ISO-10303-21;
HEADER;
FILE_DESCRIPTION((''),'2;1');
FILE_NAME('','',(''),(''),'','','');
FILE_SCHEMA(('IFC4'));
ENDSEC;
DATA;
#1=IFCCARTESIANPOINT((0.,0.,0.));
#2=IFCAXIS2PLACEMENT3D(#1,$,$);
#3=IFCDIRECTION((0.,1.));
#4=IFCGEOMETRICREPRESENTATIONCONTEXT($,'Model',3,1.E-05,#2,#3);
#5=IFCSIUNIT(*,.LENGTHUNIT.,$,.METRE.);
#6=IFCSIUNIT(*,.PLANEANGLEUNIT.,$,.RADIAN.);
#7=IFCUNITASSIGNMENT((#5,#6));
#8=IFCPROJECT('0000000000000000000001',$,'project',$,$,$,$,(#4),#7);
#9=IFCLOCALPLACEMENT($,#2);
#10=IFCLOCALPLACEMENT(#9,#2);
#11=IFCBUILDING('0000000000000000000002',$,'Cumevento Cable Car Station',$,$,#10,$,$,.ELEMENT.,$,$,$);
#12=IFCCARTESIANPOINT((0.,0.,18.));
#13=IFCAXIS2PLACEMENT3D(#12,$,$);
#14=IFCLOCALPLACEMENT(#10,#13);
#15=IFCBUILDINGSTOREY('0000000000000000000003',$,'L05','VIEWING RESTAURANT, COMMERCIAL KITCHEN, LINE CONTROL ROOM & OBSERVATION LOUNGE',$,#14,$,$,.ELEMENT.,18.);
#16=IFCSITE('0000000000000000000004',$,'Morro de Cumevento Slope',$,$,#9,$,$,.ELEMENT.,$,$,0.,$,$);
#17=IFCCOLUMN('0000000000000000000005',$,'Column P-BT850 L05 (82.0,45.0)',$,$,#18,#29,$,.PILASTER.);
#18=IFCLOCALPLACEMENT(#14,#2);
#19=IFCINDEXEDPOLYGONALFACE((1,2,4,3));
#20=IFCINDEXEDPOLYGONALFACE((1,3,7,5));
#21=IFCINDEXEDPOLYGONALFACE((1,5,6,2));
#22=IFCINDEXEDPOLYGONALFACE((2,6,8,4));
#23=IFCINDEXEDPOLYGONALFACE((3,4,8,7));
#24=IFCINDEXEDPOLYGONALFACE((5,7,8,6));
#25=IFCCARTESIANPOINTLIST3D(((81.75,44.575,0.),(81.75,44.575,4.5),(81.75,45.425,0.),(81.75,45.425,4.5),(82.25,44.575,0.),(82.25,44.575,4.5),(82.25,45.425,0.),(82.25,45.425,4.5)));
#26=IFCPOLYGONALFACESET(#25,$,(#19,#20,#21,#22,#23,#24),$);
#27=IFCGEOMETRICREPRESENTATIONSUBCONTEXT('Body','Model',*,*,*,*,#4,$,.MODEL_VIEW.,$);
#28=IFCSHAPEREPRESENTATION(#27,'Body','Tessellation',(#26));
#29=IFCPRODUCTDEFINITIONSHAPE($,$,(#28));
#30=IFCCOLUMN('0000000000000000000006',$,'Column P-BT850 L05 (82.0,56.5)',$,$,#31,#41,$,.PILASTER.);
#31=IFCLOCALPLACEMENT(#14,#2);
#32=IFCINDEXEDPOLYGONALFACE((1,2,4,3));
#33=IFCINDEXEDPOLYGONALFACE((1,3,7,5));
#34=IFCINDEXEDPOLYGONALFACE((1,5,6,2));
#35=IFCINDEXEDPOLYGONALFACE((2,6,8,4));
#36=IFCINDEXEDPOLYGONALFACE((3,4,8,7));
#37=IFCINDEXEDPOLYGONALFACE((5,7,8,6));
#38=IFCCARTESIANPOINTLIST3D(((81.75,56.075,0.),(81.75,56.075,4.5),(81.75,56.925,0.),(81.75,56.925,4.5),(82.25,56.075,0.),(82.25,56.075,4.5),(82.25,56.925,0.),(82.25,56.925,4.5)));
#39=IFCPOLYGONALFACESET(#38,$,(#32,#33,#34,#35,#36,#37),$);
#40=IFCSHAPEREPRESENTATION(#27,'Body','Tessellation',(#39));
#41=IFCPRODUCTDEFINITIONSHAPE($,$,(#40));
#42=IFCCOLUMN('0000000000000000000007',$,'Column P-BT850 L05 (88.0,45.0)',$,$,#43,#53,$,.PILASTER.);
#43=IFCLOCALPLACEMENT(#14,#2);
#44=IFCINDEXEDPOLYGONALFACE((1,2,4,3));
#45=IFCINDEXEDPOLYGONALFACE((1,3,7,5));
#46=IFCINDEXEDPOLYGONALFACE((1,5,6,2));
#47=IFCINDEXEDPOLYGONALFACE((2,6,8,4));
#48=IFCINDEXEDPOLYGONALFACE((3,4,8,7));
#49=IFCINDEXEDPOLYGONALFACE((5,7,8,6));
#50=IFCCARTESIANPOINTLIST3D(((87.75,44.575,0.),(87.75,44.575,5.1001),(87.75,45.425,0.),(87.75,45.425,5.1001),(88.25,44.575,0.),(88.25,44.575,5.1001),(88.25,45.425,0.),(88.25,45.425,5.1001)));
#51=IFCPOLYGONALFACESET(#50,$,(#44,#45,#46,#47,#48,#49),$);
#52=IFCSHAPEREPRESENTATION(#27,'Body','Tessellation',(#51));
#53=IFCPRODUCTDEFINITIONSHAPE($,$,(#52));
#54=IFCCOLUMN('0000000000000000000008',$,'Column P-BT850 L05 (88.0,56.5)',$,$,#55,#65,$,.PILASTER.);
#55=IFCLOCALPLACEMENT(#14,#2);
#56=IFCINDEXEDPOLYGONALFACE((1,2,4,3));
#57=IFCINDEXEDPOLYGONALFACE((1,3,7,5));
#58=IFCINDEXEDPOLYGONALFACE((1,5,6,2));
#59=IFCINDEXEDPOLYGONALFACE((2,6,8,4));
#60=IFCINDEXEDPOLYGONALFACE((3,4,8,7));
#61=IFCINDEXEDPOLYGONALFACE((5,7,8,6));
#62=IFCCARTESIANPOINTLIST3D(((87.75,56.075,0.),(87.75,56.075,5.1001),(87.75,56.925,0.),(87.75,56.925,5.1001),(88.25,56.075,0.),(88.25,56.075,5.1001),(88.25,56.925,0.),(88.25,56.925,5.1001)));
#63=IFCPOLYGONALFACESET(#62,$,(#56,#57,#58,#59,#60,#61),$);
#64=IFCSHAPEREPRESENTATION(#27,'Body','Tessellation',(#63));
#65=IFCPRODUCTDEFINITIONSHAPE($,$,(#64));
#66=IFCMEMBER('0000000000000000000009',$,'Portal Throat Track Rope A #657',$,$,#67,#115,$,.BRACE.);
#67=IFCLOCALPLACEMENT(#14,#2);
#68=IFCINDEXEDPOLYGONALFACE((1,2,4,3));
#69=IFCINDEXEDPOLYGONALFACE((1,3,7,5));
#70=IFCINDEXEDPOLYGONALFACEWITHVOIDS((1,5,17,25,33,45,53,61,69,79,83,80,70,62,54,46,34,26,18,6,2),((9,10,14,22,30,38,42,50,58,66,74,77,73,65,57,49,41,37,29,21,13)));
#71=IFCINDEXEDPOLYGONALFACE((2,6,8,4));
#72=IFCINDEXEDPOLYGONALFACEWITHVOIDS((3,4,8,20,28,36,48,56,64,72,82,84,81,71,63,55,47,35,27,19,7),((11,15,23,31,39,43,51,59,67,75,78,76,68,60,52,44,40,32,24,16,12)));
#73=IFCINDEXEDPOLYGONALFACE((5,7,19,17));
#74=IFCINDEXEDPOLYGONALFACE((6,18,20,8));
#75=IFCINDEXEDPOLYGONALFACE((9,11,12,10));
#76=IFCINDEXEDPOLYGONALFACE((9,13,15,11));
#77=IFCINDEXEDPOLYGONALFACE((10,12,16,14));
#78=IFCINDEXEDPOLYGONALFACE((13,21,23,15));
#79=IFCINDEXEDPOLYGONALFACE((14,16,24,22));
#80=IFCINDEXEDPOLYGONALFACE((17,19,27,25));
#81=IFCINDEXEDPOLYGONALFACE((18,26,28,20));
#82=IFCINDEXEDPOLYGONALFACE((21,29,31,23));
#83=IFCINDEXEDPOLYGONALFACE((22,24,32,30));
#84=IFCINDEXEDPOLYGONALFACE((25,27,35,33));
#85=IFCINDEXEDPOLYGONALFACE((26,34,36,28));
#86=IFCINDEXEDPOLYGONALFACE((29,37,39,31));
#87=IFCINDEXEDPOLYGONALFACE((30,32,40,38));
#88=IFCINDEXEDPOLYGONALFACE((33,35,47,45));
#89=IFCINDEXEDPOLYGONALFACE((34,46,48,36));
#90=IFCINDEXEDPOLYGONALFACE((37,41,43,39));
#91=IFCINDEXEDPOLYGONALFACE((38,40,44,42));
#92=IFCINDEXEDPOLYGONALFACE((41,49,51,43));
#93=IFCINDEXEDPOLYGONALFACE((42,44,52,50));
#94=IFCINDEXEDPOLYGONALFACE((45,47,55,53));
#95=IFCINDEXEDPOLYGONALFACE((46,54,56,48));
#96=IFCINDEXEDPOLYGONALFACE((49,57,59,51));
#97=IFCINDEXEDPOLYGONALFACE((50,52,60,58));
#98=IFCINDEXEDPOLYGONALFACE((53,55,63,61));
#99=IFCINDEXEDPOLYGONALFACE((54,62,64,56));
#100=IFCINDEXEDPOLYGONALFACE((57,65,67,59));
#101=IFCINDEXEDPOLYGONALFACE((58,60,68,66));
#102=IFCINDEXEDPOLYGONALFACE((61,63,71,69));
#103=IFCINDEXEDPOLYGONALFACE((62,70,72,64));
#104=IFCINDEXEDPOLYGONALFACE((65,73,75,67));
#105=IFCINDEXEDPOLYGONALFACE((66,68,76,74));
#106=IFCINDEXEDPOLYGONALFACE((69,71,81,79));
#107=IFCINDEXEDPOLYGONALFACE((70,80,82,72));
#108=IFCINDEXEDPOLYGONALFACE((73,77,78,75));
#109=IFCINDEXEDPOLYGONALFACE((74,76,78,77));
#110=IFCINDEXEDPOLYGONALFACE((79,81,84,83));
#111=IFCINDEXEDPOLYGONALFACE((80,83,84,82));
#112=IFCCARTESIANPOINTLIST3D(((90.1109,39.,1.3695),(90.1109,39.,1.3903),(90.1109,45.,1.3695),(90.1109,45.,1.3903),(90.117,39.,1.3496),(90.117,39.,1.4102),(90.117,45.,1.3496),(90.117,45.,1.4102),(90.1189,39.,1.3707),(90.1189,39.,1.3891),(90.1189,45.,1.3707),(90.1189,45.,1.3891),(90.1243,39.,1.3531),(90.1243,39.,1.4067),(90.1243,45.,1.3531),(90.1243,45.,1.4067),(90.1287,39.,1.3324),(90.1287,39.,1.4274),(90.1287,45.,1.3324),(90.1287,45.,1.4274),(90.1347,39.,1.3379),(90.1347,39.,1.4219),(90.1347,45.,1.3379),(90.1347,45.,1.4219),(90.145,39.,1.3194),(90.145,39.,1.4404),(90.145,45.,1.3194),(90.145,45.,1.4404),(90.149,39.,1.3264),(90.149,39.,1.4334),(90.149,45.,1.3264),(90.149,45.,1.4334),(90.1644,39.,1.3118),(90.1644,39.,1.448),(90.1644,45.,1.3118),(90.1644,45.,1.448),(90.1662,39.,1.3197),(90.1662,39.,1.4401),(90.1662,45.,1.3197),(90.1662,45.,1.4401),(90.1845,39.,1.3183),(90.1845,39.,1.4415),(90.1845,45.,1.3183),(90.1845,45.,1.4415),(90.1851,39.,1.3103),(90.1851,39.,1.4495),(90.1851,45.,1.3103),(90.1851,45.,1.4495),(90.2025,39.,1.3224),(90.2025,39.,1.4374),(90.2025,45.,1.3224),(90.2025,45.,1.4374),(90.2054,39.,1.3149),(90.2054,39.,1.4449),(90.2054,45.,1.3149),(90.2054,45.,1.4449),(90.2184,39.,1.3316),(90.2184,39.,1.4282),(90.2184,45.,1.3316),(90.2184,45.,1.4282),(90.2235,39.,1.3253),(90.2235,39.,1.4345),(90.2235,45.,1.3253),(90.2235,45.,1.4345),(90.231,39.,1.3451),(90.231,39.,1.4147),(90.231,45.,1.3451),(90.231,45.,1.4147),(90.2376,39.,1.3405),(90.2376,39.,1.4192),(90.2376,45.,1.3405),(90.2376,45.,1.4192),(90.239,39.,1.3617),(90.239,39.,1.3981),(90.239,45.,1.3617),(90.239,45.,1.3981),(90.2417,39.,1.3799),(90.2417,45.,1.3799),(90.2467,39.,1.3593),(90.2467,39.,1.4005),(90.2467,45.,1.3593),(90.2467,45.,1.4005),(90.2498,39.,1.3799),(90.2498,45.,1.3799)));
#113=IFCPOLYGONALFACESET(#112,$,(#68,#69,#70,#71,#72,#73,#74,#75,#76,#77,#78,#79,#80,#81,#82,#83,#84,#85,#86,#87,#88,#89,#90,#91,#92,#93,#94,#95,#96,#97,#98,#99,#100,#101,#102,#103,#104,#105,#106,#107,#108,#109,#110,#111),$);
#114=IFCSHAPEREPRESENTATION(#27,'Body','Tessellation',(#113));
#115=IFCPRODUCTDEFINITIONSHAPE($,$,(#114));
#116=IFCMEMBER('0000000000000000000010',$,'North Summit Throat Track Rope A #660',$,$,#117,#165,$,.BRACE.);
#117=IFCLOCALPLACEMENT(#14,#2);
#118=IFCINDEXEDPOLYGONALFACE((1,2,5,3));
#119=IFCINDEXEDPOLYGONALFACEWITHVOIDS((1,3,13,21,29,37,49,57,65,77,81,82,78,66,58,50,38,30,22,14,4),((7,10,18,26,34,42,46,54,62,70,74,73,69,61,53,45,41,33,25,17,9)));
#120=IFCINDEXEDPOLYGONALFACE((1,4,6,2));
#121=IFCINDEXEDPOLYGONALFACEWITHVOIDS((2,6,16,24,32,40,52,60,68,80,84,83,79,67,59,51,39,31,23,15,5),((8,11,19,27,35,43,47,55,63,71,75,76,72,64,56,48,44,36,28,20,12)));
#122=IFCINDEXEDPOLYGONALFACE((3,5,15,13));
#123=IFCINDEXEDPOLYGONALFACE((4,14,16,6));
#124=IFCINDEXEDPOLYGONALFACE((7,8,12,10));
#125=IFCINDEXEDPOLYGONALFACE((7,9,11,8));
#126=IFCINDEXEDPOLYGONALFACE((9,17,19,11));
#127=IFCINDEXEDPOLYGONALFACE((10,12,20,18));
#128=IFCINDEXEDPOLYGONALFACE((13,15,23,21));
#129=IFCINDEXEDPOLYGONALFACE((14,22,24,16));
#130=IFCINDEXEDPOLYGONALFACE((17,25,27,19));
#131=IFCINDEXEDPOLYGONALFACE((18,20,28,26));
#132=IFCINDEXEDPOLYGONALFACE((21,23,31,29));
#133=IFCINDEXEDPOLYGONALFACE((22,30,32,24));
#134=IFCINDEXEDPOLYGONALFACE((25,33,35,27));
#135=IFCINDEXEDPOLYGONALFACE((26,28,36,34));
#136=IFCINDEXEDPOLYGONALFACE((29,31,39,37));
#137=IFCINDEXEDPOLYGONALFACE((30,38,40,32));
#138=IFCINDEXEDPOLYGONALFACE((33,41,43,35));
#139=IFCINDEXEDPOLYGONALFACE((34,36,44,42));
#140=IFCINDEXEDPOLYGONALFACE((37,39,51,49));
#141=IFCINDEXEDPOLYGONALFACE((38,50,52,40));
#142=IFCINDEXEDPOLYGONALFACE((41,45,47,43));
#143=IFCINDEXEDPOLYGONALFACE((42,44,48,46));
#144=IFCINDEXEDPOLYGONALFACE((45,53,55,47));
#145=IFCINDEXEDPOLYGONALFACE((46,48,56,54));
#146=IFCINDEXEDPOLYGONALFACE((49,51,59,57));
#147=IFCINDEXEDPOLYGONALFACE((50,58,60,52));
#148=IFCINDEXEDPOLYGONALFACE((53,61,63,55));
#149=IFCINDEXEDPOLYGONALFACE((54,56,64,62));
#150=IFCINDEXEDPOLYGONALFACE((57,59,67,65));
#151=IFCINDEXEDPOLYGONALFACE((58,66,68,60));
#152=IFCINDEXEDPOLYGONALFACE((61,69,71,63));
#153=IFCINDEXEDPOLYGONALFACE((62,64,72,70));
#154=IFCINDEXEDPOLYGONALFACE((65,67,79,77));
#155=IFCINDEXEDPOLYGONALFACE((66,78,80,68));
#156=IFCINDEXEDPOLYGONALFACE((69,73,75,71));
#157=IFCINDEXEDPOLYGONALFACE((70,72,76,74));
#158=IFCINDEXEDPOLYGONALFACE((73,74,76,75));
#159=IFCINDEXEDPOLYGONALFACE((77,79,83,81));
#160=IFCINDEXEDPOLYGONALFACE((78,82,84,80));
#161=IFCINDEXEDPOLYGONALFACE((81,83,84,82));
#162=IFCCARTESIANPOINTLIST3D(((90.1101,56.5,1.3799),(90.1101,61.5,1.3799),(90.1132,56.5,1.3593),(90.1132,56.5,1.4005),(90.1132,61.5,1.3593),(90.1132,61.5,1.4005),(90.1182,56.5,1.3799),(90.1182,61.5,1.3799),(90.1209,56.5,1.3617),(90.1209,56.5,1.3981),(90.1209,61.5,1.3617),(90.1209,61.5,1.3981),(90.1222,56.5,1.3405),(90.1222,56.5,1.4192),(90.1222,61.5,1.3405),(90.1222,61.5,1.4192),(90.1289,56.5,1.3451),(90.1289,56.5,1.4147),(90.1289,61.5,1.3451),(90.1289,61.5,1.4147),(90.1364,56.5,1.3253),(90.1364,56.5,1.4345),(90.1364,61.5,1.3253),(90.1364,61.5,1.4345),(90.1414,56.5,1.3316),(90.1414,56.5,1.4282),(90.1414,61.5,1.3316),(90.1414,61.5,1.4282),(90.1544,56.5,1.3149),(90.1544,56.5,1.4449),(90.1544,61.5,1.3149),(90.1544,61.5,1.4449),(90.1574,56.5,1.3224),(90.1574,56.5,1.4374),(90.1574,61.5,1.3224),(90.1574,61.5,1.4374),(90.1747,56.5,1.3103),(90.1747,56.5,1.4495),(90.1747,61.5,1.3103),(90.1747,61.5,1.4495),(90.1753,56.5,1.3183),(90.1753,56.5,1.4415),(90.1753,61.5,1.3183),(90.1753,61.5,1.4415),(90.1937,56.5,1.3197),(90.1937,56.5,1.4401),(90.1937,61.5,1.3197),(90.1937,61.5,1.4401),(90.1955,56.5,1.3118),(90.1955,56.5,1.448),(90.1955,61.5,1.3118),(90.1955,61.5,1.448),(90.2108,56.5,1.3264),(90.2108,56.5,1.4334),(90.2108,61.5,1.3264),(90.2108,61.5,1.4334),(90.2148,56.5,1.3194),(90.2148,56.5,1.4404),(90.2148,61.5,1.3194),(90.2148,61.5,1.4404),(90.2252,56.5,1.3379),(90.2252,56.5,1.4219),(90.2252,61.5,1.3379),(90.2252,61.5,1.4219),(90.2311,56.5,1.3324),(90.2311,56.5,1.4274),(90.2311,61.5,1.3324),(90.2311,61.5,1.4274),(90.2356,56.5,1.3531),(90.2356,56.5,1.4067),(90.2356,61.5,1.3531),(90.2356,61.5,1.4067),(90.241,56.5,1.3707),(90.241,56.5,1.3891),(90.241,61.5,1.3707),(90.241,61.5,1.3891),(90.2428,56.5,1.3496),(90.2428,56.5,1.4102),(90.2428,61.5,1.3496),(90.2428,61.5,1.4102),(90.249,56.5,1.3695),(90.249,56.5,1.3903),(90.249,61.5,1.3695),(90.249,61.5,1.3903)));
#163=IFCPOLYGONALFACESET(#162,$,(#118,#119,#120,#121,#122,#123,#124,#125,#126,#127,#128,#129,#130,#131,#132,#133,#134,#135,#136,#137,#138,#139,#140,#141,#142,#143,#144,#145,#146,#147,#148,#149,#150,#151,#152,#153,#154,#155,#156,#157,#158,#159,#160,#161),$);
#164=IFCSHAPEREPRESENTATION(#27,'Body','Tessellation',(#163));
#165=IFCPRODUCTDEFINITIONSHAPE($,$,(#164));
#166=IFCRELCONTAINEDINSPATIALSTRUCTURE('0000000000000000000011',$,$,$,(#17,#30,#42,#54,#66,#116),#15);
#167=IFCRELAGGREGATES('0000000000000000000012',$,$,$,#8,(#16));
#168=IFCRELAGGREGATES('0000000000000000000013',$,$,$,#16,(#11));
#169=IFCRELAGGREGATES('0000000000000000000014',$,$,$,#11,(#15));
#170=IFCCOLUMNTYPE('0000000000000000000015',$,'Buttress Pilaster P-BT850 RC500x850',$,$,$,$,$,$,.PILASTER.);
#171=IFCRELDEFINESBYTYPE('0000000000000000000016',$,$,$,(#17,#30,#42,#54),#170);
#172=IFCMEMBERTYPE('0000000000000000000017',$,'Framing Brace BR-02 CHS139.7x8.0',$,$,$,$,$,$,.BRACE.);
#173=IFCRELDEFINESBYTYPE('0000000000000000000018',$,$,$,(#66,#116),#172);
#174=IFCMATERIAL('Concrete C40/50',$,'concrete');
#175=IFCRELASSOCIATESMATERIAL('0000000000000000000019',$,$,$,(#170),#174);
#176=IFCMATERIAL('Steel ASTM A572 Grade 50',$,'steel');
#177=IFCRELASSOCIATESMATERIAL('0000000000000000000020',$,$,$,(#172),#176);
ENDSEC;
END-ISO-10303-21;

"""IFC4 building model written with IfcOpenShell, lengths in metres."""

from ifc_helpers import new_model, si_unit, direction, frame, origin, origin_2d, place, context, subcontext, project, spatial, rectangle, hollow_circle, extrude, material, material_profile, profile_set, type_object, element, save


model = new_model("IFC4")

# Units and contexts
model_context = context("Model", 3, precision=1e-05, world=origin(), true_north=direction((0.0, 1.0)))
body_context = subcontext(model_context, "Body", "Model", "MODEL_VIEW")
ifc_project = project(units=[si_unit("LENGTHUNIT", "METRE"), si_unit("PLANEANGLEUNIT", "RADIAN")], contexts=[model_context])

# Site, building, storey
site_placement = place(None, origin())
site = spatial("IfcSite", under=ifc_project, at=site_placement, Name="Morro de Cumevento Slope", CompositionType="ELEMENT", RefElevation=0.0)
building_placement = place(site_placement, origin())
building = spatial("IfcBuilding", under=site, at=building_placement, Name="Cumevento Cable Car Station", CompositionType="ELEMENT")
storey_placement = place(building_placement, frame((0.0, 0.0, 18.0)))
storey = spatial("IfcBuildingStorey", under=building, at=storey_placement, Name="L05", Description="VIEWING RESTAURANT, COMMERCIAL KITCHEN, LINE CONTROL ROOM & OBSERVATION LOUNGE", CompositionType="ELEMENT", Elevation=18.0)

# Columns
ifc_material_1 = material(Name="Concrete C40/50", Category="concrete")
ifc_material_profile_1 = material_profile(ifc_material_1, rectangle(XDim=0.5, YDim=0.8501, at=origin_2d()), Name="RC500x850")
ifc_profile_set_1 = profile_set([ifc_material_profile_1], Name="Concrete C40/50")
column_type = type_object("IfcColumnType", Name="Buttress Pilaster P-BT850 RC500x850", PredefinedType="PILASTER", material=ifc_profile_set_1)
for number, where, z_axis, x_axis, name in (
    (1, (82.0, 45.0, 0.0), (0.0, 0.0, 1.0), (1.0, 0.0, 0.0), "Column P-BT850 L05 (82.0,45.0)"),
    (2, (82.0, 56.5, 0.0), (0.0, 0.0, 1.0), (1.0, 0.0, 0.0), "Column P-BT850 L05 (82.0,56.5)"),
):
    element("IfcColumn", number, at=place(storey_placement, frame(where, z_axis=z_axis, x_axis=x_axis)), inside=storey, type_object=column_type, Name=name, PredefinedType="PILASTER", context=body_context, shape_type="SweptSolid", body=[
        extrude(rectangle(XDim=0.5, YDim=0.8501, at=origin_2d()), origin(), (0.0, 0.0, 1.0), 4.5),
    ])
for number, where, z_axis, x_axis, name in (
    (3, (88.0, 45.0, 0.0), (0.0, 0.0, 1.0), (1.0, 0.0, 0.0), "Column P-BT850 L05 (88.0,45.0)"),
    (4, (88.0, 56.5, 0.0), (0.0, 0.0, 1.0), (1.0, 0.0, 0.0), "Column P-BT850 L05 (88.0,56.5)"),
):
    element("IfcColumn", number, at=place(storey_placement, frame(where, z_axis=z_axis, x_axis=x_axis)), inside=storey, type_object=column_type, Name=name, PredefinedType="PILASTER", context=body_context, shape_type="SweptSolid", body=[
        extrude(rectangle(XDim=0.5, YDim=0.8501, at=origin_2d()), origin(), (0.0, 0.0, 1.0), 5.1001),
    ])

# Members
ifc_material_2 = material(Name="Steel ASTM A572 Grade 50", Category="steel")
ifc_material_profile_2 = material_profile(ifc_material_2, hollow_circle(Radius=0.0698, WallThickness=0.0081, at=origin_2d()), Name="CHS139.7x8.0")
ifc_profile_set_2 = profile_set([ifc_material_profile_2], Name="Steel ASTM A572 Grade 50")
member_type = type_object("IfcMemberType", Name="Framing Brace BR-02 CHS139.7x8.0", PredefinedType="BRACE", material=ifc_profile_set_2)
member_1_placement = place(storey_placement, frame((90.1799, 45.0, 1.3799), z_axis=(0.0, -1.0, 0.0), x_axis=(1.0, 0.0, 0.0)))
element("IfcMember", 5, at=member_1_placement, inside=storey, type_object=member_type, Name="Portal Throat Track Rope A #657", PredefinedType="BRACE", context=body_context, shape_type="SweptSolid", body=[
    extrude(hollow_circle(Radius=0.0698, WallThickness=0.0081, at=origin_2d()), origin(), (0.0, 0.0, 1.0), 6.0),
])
member_2_placement = place(storey_placement, frame((90.1799, 56.5, 1.3799), z_axis=(0.0, 1.0, 0.0), x_axis=(-1.0, 0.0, 0.0)))
element("IfcMember", 6, at=member_2_placement, inside=storey, type_object=member_type, Name="North Summit Throat Track Rope A #660", PredefinedType="BRACE", context=body_context, shape_type="SweptSolid", body=[
    extrude(hollow_circle(Radius=0.0698, WallThickness=0.0081, at=origin_2d()), origin(), (0.0, 0.0, 1.0), 5.0),
])

save(model, "model.ifc")
